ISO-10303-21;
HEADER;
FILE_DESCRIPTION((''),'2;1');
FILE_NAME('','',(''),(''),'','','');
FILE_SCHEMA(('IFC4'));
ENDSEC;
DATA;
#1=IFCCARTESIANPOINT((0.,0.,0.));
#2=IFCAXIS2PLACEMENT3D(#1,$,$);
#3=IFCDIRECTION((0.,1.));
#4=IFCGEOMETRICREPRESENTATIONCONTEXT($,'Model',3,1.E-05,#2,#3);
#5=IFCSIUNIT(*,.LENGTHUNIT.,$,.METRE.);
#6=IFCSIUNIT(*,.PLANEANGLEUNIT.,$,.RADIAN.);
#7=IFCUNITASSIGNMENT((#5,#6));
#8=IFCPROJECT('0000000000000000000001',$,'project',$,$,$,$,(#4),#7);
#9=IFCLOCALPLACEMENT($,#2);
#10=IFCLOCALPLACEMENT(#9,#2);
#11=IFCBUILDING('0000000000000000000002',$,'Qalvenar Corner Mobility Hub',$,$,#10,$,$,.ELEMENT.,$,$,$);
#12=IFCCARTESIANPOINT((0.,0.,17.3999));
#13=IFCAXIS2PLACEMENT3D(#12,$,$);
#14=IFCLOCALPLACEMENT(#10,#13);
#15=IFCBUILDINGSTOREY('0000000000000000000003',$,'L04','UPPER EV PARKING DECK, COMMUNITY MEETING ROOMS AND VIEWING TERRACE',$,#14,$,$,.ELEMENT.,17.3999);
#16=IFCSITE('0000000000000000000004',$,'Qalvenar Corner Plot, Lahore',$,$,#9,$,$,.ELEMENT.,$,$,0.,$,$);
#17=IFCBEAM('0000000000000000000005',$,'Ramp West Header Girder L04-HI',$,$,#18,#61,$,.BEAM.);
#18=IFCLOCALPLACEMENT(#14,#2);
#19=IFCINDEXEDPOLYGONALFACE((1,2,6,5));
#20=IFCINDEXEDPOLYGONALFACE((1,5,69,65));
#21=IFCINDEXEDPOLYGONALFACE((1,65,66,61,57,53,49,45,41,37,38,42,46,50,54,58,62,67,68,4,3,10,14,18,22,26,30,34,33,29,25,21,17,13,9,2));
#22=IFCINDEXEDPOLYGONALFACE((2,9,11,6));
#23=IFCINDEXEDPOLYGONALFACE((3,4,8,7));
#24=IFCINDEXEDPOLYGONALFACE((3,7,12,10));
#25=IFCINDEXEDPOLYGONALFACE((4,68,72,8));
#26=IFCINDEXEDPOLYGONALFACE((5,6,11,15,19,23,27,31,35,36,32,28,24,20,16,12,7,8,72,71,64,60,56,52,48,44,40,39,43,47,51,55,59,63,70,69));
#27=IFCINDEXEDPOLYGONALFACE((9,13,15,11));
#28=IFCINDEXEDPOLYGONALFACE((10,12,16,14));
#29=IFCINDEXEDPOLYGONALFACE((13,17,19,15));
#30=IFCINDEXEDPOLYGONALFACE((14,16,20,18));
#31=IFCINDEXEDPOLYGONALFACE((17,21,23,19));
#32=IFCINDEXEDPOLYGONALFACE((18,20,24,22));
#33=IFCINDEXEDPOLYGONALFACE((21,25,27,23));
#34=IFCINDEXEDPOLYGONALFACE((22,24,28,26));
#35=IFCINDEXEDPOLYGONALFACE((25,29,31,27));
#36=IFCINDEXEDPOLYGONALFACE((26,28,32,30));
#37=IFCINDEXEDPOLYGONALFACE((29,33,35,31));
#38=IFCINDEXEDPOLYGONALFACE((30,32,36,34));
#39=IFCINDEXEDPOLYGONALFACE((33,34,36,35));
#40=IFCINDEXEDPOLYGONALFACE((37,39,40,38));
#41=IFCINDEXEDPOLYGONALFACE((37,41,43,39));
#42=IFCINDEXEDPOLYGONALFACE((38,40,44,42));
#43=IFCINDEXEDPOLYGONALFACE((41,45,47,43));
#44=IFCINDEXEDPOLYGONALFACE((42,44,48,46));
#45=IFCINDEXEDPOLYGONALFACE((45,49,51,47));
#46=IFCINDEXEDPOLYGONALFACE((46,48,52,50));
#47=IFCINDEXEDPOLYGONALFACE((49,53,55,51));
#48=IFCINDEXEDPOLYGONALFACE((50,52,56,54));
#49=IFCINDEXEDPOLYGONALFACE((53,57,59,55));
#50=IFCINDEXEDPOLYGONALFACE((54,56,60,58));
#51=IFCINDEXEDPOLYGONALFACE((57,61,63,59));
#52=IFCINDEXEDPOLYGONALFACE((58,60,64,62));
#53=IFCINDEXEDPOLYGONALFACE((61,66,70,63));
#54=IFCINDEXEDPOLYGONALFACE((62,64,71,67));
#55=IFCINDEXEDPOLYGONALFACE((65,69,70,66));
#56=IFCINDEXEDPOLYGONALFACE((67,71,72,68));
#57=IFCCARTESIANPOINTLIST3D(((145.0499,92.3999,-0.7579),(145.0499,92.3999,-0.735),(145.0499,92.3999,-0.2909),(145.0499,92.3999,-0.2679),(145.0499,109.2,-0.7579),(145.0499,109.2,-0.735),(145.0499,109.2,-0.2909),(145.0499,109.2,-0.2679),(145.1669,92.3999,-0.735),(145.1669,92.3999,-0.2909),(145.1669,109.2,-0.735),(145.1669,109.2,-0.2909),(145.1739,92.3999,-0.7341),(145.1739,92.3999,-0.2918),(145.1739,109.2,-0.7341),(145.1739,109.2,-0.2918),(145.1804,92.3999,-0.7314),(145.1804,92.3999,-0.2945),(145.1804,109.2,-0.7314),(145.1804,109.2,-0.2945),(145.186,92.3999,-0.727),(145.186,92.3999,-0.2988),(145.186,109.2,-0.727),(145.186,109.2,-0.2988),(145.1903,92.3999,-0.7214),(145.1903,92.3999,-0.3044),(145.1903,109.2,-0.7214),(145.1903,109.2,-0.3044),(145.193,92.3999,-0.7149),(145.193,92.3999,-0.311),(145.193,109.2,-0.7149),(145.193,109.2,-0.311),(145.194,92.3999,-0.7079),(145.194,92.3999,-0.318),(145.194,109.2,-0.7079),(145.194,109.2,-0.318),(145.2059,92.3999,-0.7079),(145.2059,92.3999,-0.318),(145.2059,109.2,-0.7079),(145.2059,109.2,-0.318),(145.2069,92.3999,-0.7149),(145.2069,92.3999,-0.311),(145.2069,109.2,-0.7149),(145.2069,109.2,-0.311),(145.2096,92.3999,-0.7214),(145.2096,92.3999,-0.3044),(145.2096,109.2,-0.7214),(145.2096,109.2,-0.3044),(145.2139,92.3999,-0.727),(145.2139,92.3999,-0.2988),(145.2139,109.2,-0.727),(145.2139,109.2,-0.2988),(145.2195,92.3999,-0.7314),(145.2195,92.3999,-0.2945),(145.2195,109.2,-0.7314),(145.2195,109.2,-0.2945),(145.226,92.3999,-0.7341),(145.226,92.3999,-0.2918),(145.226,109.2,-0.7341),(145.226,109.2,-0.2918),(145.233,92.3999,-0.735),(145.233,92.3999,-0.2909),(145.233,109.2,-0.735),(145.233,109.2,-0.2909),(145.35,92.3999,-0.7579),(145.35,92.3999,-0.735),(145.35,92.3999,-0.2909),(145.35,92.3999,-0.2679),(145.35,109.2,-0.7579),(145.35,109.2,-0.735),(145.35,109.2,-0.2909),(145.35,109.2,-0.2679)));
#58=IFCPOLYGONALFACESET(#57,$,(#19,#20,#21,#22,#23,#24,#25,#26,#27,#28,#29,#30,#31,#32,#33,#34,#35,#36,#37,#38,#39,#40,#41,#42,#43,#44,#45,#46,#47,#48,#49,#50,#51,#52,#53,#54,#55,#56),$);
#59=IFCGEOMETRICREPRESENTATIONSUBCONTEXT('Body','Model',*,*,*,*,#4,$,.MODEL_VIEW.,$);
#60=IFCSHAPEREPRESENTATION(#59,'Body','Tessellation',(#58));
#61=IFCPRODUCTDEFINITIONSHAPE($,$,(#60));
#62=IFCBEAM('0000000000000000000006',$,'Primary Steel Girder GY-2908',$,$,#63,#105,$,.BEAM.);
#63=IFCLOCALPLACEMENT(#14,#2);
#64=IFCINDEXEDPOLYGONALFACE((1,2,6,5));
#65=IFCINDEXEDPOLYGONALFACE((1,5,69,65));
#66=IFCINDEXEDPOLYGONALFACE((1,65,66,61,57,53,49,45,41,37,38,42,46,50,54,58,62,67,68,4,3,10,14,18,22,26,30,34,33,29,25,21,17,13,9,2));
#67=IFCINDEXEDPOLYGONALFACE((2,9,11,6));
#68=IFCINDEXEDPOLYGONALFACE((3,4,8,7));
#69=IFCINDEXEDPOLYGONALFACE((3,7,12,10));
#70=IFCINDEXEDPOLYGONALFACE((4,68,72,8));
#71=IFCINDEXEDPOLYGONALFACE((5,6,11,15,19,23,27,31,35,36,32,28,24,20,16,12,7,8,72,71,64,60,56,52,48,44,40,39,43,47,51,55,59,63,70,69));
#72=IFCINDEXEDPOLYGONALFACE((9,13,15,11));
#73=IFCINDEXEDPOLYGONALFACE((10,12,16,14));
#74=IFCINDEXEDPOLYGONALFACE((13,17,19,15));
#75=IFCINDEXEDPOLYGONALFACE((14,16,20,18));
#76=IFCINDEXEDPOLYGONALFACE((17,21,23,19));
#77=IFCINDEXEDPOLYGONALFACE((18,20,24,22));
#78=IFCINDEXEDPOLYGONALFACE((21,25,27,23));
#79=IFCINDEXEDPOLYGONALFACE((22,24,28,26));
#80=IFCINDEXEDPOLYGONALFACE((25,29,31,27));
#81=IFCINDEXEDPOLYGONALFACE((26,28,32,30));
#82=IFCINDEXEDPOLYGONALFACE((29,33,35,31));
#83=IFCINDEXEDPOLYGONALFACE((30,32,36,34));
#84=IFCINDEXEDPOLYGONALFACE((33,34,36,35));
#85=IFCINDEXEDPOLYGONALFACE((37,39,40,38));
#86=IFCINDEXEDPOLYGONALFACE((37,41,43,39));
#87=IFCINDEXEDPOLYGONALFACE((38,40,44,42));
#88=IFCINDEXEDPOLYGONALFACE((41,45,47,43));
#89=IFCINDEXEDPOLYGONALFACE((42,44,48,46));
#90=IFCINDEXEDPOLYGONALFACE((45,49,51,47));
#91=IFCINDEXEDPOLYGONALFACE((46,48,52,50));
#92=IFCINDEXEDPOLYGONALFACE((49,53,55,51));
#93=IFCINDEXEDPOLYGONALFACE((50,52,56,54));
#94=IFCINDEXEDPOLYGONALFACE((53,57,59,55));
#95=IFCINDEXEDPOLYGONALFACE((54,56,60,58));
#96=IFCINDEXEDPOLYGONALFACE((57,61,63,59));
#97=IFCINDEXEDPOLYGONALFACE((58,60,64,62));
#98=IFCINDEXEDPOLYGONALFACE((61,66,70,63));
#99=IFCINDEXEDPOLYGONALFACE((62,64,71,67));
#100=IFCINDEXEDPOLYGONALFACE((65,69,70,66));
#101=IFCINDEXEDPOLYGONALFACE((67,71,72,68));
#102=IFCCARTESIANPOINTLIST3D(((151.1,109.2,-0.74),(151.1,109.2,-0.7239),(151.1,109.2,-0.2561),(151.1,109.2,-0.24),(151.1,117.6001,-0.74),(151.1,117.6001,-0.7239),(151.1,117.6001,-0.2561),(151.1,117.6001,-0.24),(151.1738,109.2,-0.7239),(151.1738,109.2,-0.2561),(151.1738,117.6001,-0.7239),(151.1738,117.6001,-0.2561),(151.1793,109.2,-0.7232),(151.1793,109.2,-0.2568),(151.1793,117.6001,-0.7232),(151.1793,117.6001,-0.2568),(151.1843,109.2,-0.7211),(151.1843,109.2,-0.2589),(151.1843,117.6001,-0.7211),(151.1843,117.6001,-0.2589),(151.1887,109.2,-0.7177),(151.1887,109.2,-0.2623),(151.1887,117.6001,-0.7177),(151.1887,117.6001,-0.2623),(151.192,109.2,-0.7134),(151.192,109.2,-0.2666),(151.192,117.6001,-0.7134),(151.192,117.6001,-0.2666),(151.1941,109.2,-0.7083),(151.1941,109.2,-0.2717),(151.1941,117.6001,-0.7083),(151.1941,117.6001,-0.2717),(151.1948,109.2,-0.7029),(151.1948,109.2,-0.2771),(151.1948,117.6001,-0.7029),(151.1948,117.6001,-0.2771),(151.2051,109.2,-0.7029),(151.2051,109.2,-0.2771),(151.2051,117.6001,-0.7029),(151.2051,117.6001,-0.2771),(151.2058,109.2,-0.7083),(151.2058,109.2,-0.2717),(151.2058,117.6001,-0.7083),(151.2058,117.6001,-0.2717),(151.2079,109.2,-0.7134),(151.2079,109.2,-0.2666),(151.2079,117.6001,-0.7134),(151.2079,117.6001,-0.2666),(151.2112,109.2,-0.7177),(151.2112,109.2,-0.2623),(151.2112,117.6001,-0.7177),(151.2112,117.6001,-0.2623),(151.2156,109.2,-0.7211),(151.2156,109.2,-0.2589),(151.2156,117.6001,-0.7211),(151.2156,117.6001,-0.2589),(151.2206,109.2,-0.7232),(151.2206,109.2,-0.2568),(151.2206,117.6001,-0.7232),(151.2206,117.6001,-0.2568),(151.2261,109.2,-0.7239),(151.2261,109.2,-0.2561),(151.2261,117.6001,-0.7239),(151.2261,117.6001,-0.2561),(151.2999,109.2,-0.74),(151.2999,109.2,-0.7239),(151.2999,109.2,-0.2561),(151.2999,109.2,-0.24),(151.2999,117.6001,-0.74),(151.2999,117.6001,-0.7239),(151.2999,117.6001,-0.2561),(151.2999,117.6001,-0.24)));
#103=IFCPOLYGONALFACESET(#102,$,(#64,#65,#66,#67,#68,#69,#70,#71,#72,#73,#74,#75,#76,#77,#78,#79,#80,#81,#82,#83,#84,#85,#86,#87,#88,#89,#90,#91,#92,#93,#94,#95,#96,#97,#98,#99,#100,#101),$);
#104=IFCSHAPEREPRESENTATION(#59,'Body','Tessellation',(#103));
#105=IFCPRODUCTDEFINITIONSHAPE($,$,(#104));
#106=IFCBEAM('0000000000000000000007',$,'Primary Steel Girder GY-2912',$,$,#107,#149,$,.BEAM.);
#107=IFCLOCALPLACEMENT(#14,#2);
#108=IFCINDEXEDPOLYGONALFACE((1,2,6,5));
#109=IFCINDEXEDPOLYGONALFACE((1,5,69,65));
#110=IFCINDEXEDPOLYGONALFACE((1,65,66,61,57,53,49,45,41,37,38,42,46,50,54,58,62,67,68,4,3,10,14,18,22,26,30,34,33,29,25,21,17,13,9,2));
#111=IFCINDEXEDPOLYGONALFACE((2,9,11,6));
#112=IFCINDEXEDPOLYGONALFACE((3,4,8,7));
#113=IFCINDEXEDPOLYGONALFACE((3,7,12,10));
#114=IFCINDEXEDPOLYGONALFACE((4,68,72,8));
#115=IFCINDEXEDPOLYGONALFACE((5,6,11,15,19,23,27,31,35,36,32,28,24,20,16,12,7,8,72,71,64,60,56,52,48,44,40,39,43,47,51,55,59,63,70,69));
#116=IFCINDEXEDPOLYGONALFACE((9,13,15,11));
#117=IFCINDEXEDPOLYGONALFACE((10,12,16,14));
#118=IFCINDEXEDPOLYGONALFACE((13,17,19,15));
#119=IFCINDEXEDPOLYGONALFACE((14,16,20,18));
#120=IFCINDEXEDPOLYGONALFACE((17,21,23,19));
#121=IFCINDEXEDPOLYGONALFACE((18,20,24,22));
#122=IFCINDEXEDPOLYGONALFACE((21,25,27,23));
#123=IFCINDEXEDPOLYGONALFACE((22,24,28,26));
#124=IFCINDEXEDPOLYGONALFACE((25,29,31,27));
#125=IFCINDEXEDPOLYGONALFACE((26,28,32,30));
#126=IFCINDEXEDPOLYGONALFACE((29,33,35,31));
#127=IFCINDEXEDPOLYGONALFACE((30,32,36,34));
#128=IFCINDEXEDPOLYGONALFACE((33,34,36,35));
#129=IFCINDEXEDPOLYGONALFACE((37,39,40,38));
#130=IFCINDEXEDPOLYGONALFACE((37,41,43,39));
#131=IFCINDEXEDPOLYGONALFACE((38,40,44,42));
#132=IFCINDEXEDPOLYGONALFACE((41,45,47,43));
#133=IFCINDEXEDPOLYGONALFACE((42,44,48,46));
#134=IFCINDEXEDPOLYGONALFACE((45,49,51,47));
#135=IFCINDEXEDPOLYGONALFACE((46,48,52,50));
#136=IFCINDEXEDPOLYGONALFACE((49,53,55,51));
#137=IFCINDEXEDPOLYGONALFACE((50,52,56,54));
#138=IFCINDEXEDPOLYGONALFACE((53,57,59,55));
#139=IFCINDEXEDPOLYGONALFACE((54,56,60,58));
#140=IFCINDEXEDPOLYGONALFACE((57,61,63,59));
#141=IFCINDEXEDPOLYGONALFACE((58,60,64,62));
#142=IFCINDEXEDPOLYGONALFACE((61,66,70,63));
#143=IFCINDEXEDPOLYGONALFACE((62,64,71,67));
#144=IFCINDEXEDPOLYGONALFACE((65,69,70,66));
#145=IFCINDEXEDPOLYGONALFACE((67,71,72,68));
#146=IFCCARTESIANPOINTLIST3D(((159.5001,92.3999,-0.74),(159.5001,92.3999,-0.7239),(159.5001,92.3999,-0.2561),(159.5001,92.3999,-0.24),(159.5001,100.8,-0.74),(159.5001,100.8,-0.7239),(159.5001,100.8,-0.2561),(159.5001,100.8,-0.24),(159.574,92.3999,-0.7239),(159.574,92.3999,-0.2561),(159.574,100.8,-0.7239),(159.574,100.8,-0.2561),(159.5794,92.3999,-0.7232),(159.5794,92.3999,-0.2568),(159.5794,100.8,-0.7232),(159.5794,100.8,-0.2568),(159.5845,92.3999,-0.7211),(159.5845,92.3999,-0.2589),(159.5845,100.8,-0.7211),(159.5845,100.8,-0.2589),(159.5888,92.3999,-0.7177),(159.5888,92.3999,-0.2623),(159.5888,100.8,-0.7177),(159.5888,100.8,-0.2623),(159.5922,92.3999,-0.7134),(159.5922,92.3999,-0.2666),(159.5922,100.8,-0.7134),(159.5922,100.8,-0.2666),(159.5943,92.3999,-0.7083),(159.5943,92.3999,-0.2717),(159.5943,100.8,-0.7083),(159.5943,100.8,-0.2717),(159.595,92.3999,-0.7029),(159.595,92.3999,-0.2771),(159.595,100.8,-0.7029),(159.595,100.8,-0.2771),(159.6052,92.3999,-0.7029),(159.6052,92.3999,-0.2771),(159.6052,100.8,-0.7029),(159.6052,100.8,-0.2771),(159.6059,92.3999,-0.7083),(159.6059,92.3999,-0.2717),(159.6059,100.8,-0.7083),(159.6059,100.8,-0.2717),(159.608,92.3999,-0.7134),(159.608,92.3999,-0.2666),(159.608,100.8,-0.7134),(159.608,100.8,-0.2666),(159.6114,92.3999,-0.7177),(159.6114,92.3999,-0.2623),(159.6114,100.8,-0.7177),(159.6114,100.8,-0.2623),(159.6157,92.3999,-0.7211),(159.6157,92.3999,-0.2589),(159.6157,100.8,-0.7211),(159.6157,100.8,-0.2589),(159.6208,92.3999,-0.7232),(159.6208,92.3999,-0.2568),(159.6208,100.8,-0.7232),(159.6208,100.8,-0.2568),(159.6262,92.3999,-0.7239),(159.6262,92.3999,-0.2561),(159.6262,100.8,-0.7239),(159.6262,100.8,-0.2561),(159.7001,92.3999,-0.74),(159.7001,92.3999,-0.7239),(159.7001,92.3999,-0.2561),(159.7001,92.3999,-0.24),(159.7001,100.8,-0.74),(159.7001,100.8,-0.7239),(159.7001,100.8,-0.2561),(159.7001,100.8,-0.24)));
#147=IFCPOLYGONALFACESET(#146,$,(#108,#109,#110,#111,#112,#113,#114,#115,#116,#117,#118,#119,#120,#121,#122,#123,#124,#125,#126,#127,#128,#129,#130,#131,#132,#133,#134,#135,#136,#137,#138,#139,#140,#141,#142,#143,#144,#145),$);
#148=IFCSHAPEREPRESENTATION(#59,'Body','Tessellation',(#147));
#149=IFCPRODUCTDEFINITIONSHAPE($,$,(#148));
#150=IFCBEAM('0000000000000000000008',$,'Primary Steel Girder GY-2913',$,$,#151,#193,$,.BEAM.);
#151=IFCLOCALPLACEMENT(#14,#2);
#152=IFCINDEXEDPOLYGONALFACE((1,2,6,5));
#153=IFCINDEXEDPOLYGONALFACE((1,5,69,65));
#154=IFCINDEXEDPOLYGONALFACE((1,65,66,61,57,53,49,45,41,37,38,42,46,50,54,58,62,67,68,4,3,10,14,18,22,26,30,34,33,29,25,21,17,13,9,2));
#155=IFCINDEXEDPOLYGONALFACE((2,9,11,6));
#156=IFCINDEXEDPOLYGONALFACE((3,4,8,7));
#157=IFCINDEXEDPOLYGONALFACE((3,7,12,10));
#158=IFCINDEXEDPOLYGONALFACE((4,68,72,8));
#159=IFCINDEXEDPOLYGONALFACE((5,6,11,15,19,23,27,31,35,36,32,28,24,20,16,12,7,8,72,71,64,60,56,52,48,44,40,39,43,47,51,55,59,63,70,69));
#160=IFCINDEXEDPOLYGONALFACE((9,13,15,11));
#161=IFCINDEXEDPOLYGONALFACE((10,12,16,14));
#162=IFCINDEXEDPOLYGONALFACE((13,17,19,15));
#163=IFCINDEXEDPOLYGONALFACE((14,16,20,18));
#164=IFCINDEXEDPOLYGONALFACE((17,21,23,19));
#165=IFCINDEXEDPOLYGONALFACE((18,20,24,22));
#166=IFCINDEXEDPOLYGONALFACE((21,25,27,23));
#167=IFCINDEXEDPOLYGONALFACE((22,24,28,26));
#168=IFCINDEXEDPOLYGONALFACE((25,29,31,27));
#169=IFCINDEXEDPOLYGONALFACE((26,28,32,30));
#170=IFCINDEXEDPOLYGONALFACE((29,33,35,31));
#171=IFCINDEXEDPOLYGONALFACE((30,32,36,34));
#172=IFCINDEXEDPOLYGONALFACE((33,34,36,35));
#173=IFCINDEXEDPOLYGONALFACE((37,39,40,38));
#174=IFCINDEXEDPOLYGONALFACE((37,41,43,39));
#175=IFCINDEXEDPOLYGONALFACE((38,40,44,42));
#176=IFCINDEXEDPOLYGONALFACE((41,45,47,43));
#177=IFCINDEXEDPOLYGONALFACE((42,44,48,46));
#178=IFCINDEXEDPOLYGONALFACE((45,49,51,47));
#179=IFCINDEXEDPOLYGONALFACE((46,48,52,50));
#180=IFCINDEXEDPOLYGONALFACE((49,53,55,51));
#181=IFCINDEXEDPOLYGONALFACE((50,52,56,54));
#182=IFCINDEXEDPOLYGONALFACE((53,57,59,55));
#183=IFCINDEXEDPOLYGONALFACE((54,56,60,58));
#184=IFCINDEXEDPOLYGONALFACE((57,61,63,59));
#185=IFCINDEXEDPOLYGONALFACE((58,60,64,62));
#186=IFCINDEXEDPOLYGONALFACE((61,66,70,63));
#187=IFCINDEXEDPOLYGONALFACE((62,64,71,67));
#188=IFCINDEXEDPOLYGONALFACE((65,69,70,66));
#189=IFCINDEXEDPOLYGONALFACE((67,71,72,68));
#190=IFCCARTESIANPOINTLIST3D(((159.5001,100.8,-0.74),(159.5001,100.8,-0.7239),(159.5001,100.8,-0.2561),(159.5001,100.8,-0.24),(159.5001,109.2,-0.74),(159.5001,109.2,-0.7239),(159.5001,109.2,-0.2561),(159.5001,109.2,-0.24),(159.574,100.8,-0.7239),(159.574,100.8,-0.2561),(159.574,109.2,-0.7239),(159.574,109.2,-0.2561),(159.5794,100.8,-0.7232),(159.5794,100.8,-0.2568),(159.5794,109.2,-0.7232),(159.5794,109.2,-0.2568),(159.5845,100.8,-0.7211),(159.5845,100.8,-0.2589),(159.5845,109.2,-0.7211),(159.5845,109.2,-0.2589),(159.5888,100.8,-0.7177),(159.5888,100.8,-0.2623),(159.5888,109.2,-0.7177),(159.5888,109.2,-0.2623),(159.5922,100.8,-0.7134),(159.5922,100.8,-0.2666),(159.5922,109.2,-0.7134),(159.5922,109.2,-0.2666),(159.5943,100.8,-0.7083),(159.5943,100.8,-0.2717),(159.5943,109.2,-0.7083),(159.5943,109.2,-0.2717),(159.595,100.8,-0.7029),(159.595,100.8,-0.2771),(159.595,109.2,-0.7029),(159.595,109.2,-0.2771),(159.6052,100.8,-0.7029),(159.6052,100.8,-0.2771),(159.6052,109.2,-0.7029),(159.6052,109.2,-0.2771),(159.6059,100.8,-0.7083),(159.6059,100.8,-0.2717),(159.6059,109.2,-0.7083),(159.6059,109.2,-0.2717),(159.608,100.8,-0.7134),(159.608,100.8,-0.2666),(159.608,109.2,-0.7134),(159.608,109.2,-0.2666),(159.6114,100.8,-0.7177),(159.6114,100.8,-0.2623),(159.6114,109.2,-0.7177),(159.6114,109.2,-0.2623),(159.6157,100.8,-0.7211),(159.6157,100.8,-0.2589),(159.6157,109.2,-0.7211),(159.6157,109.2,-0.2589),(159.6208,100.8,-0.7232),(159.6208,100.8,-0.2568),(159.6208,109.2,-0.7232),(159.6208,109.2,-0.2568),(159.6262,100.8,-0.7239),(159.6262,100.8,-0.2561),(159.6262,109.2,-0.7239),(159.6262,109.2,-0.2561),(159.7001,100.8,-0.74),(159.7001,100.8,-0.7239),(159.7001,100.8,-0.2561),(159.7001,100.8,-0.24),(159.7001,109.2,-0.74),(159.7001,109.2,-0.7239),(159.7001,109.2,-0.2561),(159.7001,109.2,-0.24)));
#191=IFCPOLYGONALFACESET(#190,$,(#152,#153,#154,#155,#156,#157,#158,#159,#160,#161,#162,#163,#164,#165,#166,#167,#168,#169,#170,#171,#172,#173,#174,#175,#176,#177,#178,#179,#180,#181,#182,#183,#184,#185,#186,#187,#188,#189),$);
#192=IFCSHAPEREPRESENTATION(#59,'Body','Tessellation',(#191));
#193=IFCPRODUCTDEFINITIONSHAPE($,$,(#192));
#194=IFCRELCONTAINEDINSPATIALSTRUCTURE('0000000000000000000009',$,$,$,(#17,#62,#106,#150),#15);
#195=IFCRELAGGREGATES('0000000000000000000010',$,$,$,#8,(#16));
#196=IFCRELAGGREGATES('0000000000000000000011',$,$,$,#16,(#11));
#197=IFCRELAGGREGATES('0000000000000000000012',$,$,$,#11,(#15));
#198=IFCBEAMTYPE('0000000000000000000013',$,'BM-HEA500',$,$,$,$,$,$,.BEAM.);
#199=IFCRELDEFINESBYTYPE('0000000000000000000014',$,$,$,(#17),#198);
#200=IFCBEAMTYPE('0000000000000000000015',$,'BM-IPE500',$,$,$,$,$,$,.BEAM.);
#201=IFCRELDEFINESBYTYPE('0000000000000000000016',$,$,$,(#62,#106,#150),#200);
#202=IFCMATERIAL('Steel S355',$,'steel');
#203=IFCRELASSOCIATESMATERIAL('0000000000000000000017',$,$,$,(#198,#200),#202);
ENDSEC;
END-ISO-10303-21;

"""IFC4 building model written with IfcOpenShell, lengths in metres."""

from ifc_helpers import new_model, si_unit, direction, frame, origin, origin_2d, place, context, subcontext, project, spatial, i_section, extrude, material, material_profile, profile_set, type_object, element, save


model = new_model("IFC4")

# Units and contexts
model_context = context("Model", 3, precision=1e-05, world=origin(), true_north=direction((0.0, 1.0)))
body_context = subcontext(model_context, "Body", "Model", "MODEL_VIEW")
ifc_project = project(units=[si_unit("LENGTHUNIT", "METRE"), si_unit("PLANEANGLEUNIT", "RADIAN")], contexts=[model_context])

# Site, building, storey
site_placement = place(None, origin())
site = spatial("IfcSite", under=ifc_project, at=site_placement, Name="Qalvenar Corner Plot, Lahore", CompositionType="ELEMENT", RefElevation=0.0)
building_placement = place(site_placement, origin())
building = spatial("IfcBuilding", under=site, at=building_placement, Name="Qalvenar Corner Mobility Hub", CompositionType="ELEMENT")
storey_placement = place(building_placement, frame((0.0, 0.0, 17.3999)))
storey = spatial("IfcBuildingStorey", under=building, at=storey_placement, Name="L04", Description="UPPER EV PARKING DECK, COMMUNITY MEETING ROOMS AND VIEWING TERRACE", CompositionType="ELEMENT", Elevation=17.3999)

# Shared definitions
ifc_material_1 = material(Name="Steel S355", Category="steel")

# Beams
ifc_material_profile_1 = material_profile(ifc_material_1, i_section(OverallWidth=0.3, OverallDepth=0.49, WebThickness=0.012, FlangeThickness=0.0229, FilletRadius=0.0271, at=origin_2d()), Name="HEA500")
ifc_profile_set_1 = profile_set([ifc_material_profile_1], Name="Steel S355")
beam_type_1 = type_object("IfcBeamType", Name="BM-HEA500", PredefinedType="BEAM", material=ifc_profile_set_1)
beam_1_placement = place(storey_placement, frame((145.2, 92.3999, -0.5129), z_axis=(0.0, 1.0, 0.0), x_axis=(-1.0, 0.0, 0.0)))
element("IfcBeam", 1, at=beam_1_placement, inside=storey, type_object=beam_type_1, Name="Ramp West Header Girder L04-HI", PredefinedType="BEAM", context=body_context, shape_type="SweptSolid", body=[
    extrude(i_section(OverallWidth=0.3, OverallDepth=0.49, WebThickness=0.012, FlangeThickness=0.0229, FilletRadius=0.0271, at=origin_2d()), origin(), (0.0, 0.0, 1.0), 16.8),
])
ifc_material_profile_2 = material_profile(ifc_material_1, i_section(OverallWidth=0.2, OverallDepth=0.5, WebThickness=0.0103, FlangeThickness=0.0161, FilletRadius=0.021, at=origin_2d()), Name="IPE500")
ifc_profile_set_2 = profile_set([ifc_material_profile_2], Name="Steel S355")
beam_type_2 = type_object("IfcBeamType", Name="BM-IPE500", PredefinedType="BEAM", material=ifc_profile_set_2)
for number, where, z_axis, x_axis, name in (
    (2, (151.2, 109.2, -0.49), (0.0, 1.0, 0.0), (-1.0, 0.0, 0.0), "Primary Steel Girder GY-2908"),
    (3, (159.6001, 92.3999, -0.49), (0.0, 1.0, 0.0), (-1.0, 0.0, 0.0), "Primary Steel Girder GY-2912"),
):
    element("IfcBeam", number, at=place(storey_placement, frame(where, z_axis=z_axis, x_axis=x_axis)), inside=storey, type_object=beam_type_2, Name=name, PredefinedType="BEAM", context=body_context, shape_type="SweptSolid", body=[
        extrude(i_section(OverallWidth=0.2, OverallDepth=0.5, WebThickness=0.0103, FlangeThickness=0.0161, FilletRadius=0.021, at=origin_2d()), origin(), (0.0, 0.0, 1.0), 8.4001),
    ])
beam_2_placement = place(storey_placement, frame((159.6001, 100.8, -0.49), z_axis=(0.0, 1.0, 0.0), x_axis=(-1.0, 0.0, 0.0)))
element("IfcBeam", 4, at=beam_2_placement, inside=storey, type_object=beam_type_2, Name="Primary Steel Girder GY-2913", PredefinedType="BEAM", context=body_context, shape_type="SweptSolid", body=[
    extrude(i_section(OverallWidth=0.2, OverallDepth=0.5, WebThickness=0.0103, FlangeThickness=0.0161, FilletRadius=0.021, at=origin_2d()), origin(), (0.0, 0.0, 1.0), 8.3999),
])

save(model, "model.ifc")
